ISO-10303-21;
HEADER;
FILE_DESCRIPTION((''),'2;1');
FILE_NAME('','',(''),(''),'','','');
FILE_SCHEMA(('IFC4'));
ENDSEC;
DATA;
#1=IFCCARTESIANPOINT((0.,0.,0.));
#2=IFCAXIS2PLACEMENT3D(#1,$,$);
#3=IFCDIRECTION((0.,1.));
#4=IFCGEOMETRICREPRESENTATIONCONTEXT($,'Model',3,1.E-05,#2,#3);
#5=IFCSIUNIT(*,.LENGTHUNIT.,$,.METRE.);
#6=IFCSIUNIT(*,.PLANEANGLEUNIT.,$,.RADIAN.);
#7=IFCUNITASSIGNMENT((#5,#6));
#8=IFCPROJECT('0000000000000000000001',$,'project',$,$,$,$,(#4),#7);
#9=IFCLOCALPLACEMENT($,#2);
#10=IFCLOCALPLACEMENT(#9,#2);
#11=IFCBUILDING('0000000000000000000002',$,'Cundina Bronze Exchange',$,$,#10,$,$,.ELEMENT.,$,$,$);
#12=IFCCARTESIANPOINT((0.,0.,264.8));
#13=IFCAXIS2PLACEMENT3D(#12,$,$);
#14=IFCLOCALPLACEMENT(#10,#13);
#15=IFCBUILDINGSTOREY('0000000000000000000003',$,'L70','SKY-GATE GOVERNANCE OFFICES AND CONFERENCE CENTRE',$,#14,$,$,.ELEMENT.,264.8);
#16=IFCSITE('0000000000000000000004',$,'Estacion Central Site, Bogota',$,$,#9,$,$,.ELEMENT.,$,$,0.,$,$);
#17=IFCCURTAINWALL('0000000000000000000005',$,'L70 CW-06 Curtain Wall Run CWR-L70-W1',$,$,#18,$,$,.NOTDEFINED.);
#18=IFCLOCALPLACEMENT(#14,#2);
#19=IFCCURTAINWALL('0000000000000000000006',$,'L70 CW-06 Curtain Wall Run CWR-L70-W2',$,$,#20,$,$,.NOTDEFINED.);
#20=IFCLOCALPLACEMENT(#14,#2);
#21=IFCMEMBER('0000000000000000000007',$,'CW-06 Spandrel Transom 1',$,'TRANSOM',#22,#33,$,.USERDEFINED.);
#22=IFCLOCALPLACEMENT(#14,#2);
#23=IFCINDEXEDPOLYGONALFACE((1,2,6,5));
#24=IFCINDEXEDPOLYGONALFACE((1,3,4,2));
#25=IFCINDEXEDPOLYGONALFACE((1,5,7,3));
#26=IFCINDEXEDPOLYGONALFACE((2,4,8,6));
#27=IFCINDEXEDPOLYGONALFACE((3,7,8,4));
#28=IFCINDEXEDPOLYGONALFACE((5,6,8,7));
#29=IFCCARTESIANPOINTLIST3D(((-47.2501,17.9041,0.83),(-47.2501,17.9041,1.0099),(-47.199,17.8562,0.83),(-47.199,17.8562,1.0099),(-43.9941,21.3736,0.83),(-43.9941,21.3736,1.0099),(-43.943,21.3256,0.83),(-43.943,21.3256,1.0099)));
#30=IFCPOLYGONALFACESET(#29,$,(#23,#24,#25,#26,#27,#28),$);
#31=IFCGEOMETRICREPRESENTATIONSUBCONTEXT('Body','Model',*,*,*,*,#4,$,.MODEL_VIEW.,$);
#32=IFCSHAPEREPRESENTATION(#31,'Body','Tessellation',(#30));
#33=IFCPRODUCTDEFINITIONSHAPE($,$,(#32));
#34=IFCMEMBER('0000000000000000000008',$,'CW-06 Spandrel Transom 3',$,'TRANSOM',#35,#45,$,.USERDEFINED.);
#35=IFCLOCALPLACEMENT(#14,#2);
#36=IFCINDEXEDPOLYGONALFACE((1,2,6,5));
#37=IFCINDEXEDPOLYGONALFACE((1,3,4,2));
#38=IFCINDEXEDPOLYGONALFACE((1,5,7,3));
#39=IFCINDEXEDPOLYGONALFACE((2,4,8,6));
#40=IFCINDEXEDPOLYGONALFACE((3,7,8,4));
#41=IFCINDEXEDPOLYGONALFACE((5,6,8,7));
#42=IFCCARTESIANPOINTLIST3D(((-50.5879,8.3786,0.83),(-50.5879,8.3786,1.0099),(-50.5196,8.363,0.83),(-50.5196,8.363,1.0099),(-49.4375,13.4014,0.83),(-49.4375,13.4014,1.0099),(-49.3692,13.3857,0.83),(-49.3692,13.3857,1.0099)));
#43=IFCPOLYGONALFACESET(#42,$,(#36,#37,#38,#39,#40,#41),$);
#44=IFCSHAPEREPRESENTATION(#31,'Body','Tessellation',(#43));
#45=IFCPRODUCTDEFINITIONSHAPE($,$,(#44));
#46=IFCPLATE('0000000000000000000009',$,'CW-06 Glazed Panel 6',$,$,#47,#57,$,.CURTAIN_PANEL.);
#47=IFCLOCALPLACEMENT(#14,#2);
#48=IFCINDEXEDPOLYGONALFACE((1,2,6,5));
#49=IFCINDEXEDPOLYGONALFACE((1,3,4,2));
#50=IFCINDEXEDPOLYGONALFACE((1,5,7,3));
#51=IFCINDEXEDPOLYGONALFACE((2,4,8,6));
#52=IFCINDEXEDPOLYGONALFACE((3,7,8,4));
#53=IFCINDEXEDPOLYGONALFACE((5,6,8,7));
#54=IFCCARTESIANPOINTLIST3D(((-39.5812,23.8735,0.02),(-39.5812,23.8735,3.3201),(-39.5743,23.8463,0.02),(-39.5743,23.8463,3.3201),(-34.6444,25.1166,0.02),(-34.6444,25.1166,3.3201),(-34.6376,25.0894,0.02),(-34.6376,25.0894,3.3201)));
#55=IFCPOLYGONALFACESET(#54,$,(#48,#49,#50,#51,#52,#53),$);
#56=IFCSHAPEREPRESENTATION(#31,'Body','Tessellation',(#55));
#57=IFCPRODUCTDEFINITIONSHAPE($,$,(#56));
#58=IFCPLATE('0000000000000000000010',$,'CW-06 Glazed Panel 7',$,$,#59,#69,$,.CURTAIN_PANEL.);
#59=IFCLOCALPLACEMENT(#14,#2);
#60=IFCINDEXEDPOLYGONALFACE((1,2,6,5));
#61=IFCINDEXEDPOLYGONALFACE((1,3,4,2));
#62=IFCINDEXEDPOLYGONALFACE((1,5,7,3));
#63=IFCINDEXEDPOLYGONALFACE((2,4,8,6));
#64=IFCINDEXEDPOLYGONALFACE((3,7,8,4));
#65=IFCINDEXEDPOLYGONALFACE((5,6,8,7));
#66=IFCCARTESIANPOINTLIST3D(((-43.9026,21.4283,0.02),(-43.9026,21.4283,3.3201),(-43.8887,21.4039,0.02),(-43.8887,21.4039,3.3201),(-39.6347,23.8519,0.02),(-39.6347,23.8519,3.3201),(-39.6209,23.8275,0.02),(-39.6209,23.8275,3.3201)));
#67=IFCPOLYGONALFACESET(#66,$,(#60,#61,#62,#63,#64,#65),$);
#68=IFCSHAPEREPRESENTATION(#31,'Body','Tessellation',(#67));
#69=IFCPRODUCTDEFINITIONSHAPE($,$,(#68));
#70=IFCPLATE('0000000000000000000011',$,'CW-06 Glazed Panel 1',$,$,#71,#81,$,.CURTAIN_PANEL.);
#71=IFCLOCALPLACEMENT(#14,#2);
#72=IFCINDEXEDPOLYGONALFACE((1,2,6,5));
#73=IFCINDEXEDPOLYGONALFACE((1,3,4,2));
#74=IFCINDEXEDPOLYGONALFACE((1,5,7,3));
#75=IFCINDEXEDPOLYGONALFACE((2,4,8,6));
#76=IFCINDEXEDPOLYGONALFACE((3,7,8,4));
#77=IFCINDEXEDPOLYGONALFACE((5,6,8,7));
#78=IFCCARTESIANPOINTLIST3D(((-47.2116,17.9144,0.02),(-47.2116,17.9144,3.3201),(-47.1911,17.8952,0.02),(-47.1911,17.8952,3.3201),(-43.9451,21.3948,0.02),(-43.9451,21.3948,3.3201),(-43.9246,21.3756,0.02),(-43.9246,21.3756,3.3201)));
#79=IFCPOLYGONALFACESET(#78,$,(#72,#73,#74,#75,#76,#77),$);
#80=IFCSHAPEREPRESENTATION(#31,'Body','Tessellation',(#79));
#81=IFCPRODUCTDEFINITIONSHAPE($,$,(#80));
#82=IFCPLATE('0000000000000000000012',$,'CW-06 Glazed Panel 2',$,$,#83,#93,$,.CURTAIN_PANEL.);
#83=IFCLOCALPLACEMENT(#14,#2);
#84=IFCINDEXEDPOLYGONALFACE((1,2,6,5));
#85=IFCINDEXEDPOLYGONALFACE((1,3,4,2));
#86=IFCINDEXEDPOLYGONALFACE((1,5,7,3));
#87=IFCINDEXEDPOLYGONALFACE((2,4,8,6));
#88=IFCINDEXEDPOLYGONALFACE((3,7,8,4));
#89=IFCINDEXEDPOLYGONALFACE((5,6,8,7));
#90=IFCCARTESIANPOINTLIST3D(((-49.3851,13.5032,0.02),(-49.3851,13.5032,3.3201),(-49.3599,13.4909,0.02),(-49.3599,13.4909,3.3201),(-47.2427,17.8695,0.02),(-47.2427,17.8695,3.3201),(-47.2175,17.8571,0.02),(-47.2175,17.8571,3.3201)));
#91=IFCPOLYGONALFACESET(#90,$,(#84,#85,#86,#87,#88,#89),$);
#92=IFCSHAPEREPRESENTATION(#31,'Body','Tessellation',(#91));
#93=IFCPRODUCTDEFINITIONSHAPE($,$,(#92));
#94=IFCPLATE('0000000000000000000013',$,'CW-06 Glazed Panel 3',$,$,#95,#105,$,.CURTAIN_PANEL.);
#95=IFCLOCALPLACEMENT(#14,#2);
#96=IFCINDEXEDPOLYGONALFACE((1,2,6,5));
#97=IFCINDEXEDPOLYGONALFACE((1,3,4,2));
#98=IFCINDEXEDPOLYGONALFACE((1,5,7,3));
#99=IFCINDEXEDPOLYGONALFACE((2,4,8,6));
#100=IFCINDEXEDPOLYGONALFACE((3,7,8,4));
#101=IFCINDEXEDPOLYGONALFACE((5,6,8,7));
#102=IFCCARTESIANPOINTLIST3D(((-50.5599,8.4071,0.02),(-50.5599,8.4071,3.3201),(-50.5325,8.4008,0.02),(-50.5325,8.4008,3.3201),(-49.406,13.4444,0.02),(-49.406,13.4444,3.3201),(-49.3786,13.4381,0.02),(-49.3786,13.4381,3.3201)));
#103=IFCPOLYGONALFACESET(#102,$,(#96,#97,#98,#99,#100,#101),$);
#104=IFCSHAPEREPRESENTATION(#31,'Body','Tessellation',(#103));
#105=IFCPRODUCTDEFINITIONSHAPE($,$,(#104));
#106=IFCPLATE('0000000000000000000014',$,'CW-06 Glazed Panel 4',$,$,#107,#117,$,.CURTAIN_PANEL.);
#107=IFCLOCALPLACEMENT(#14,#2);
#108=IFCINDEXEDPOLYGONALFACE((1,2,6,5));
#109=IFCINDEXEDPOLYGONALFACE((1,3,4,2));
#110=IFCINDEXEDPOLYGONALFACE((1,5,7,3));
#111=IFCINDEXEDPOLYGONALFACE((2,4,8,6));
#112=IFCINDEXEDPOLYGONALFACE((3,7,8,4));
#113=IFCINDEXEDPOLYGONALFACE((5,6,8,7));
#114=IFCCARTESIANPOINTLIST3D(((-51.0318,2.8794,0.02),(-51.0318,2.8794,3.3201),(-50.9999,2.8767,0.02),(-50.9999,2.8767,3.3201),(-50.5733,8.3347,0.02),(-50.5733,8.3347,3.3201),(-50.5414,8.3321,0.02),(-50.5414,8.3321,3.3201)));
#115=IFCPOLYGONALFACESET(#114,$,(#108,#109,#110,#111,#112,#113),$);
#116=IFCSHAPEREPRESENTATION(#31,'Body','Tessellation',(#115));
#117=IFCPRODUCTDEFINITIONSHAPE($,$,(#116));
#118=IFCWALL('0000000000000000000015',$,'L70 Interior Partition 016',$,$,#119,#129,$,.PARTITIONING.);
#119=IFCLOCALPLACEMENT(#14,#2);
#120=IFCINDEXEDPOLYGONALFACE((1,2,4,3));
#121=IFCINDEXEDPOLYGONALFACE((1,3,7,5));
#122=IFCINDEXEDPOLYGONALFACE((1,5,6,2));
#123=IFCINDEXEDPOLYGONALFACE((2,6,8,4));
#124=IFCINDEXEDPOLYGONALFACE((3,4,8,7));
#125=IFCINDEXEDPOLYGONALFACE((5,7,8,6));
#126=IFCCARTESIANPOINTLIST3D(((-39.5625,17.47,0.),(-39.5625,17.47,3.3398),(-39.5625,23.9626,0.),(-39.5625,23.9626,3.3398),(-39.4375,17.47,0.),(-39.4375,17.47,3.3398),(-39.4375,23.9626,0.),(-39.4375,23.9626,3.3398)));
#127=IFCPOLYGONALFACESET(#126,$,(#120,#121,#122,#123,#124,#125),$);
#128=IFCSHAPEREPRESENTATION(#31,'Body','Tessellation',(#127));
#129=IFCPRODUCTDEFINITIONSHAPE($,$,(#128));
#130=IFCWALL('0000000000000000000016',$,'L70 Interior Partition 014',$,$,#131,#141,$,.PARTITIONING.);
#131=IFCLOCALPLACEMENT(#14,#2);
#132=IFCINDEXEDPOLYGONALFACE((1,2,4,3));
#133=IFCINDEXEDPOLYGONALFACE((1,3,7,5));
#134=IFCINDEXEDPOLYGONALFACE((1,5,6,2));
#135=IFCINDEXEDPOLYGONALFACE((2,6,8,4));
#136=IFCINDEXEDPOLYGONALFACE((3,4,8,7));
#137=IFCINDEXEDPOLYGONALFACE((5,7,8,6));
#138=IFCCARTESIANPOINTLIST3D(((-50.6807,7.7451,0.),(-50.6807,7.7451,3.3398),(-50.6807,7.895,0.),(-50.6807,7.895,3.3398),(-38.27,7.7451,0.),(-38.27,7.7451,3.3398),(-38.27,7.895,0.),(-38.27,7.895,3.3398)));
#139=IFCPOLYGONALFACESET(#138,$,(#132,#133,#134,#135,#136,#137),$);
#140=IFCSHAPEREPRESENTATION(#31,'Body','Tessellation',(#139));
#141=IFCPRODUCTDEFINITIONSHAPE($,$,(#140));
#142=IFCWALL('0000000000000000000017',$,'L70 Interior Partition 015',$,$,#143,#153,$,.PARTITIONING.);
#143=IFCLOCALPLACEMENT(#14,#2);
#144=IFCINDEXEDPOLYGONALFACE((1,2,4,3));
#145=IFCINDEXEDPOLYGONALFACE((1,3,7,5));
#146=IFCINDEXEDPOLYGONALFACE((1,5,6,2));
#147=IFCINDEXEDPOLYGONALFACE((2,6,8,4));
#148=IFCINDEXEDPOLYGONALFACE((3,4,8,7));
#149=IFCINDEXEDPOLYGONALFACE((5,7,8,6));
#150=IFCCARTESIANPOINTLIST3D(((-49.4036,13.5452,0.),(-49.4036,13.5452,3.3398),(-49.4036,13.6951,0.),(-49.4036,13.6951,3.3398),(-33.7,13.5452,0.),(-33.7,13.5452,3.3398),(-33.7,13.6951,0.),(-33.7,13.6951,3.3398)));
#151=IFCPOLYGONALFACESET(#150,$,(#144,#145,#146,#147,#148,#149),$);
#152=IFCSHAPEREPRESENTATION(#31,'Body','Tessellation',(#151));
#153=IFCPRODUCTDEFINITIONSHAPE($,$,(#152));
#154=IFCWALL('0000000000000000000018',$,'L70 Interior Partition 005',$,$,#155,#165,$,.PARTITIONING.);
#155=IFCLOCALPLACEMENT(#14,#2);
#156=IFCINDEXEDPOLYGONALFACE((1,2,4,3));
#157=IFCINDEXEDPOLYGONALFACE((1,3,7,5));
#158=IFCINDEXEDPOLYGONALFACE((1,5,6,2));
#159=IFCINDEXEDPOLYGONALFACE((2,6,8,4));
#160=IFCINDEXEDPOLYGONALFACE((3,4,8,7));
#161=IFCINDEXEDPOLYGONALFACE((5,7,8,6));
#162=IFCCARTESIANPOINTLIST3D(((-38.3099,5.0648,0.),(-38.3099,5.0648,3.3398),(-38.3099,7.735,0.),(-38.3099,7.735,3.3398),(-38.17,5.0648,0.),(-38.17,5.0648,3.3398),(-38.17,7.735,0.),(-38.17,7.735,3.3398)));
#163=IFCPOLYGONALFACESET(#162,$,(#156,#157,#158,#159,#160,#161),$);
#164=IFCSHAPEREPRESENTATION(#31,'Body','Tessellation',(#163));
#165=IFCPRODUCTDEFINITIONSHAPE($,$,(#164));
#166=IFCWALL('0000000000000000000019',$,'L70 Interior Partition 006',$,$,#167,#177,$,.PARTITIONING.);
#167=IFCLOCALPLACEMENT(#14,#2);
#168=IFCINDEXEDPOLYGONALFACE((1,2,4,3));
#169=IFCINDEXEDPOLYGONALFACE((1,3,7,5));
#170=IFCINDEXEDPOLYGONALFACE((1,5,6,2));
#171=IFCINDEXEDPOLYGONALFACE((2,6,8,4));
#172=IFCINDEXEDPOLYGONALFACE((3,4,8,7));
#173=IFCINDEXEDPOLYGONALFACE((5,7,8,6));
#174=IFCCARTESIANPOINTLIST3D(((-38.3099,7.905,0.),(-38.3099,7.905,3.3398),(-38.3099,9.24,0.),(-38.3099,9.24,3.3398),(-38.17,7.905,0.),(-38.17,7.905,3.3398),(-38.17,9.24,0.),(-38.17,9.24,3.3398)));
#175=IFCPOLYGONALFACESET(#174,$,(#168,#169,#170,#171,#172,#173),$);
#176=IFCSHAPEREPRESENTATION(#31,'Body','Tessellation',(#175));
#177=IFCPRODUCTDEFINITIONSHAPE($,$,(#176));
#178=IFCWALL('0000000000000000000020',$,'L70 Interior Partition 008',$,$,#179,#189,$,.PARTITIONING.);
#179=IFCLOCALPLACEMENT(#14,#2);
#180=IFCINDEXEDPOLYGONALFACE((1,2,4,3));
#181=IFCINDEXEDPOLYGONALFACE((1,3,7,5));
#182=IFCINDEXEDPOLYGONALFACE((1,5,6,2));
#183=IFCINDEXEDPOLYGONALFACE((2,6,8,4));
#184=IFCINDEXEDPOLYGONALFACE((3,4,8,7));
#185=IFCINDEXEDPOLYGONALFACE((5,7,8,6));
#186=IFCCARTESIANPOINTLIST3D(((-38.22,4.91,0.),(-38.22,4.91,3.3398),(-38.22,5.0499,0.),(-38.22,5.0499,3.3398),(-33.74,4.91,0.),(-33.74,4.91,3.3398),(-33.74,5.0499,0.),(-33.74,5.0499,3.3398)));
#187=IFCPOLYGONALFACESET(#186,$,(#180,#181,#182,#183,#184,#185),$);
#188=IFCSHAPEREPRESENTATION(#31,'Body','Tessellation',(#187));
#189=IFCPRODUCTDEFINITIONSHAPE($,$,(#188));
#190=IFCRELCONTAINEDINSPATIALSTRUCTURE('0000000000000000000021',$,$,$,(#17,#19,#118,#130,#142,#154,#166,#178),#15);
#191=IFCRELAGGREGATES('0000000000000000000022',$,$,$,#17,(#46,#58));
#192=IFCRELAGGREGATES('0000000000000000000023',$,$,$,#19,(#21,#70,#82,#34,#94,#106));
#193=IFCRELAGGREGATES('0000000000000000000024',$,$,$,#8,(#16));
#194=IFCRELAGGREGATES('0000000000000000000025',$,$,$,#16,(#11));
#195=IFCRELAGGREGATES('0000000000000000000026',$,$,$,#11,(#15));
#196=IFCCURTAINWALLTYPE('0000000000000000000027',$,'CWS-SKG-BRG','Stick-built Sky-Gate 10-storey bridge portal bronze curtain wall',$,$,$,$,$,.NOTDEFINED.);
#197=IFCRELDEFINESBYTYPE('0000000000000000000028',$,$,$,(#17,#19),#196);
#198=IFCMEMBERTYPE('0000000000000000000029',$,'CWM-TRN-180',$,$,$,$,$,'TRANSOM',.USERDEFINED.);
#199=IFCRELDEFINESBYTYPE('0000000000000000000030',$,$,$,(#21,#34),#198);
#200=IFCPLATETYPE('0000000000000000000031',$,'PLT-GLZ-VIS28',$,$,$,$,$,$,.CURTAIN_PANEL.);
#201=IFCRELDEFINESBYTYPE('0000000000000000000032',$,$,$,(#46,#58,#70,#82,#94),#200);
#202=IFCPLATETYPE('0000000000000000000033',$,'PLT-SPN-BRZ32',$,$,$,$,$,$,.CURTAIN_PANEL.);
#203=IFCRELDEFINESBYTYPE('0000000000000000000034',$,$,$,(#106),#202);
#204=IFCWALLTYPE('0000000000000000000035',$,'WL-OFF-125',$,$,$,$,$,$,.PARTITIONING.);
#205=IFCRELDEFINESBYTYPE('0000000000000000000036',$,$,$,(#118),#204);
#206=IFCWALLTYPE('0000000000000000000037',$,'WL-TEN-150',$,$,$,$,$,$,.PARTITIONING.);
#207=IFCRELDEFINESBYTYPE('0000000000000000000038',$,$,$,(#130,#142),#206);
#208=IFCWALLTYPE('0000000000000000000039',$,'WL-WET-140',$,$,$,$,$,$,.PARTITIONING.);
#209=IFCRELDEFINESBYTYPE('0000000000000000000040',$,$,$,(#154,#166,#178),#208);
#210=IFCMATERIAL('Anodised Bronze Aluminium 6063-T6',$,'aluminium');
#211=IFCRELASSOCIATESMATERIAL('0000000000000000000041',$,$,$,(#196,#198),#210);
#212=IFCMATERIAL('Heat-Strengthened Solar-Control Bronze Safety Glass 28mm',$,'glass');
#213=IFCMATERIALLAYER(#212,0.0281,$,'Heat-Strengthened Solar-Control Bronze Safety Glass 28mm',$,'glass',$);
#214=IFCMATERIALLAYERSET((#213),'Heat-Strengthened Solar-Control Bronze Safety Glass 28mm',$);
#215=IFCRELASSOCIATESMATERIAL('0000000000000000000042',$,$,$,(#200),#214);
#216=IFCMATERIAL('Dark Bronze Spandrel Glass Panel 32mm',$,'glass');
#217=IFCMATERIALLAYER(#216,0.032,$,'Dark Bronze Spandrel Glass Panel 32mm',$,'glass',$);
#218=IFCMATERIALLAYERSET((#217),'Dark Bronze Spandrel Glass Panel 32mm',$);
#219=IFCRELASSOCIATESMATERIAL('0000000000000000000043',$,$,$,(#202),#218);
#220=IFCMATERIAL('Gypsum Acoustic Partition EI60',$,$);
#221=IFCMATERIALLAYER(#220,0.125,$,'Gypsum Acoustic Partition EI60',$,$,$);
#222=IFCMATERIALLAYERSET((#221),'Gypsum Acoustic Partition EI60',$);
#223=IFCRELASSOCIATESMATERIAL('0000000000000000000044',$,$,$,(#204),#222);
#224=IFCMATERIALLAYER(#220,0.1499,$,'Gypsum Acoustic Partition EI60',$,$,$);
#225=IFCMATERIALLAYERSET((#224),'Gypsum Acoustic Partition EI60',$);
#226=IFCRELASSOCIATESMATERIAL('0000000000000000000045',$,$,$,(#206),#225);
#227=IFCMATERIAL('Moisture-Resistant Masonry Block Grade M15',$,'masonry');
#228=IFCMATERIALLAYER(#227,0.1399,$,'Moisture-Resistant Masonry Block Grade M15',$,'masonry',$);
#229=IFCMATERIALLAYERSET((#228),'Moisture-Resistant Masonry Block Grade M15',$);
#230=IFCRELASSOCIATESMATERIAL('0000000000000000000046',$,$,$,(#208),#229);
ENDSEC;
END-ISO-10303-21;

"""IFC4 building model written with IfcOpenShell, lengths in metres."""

from ifc_helpers import new_model, si_unit, direction, frame, frame_2d, origin, origin_2d, place, context, subcontext, project, spatial, rectangle, extrude, material, layer, layer_set, material_profile, profile_set, type_object, element, aggregate, save


model = new_model("IFC4")

# Units and contexts
model_context = context("Model", 3, precision=1e-05, world=origin(), true_north=direction((0.0, 1.0)))
body_context = subcontext(model_context, "Body", "Model", "MODEL_VIEW")
ifc_project = project(units=[si_unit("LENGTHUNIT", "METRE"), si_unit("PLANEANGLEUNIT", "RADIAN")], contexts=[model_context])

# Site, building, storey
site_placement = place(None, origin())
site = spatial("IfcSite", under=ifc_project, at=site_placement, Name="Estacion Central Site, Bogota", CompositionType="ELEMENT", RefElevation=0.0)
building_placement = place(site_placement, origin())
building = spatial("IfcBuilding", under=site, at=building_placement, Name="Cundina Bronze Exchange", CompositionType="ELEMENT")
storey_placement = place(building_placement, frame((0.0, 0.0, 264.8)))
storey = spatial("IfcBuildingStorey", under=building, at=storey_placement, Name="L70", Description="SKY-GATE GOVERNANCE OFFICES AND CONFERENCE CENTRE", CompositionType="ELEMENT", Elevation=264.8)

# Curtain walls
ifc_material_1 = material(Name="Anodised Bronze Aluminium 6063-T6", Category="aluminium")
curtain_wall_type = type_object("IfcCurtainWallType", Name="CWS-SKG-BRG", Description="Stick-built Sky-Gate 10-storey bridge portal bronze curtain wall", PredefinedType="NOTDEFINED", material=ifc_material_1)
curtain_wall_1_placement = place(storey_placement, origin())
curtain_wall_1 = element("IfcCurtainWall", 1, at=curtain_wall_1_placement, inside=storey, type_object=curtain_wall_type, Name="L70 CW-06 Curtain Wall Run CWR-L70-W1", PredefinedType="NOTDEFINED")
curtain_wall_2_placement = place(storey_placement, origin())
curtain_wall_2 = element("IfcCurtainWall", 2, at=curtain_wall_2_placement, inside=storey, type_object=curtain_wall_type, Name="L70 CW-06 Curtain Wall Run CWR-L70-W2", PredefinedType="NOTDEFINED")

# Members
ifc_material_profile_1 = material_profile(ifc_material_1, rectangle(XDim=0.0701, YDim=0.1799, at=origin_2d()), Name="AL70X180", Category="aluminium")
ifc_profile_set_1 = profile_set([ifc_material_profile_1], Name="Anodised Bronze Aluminium 6063-T6")
member_type_1 = type_object("IfcMemberType", Name="CWM-TRN-180", ElementType="TRANSOM", PredefinedType="USERDEFINED", material=ifc_profile_set_1)
member_1_placement = place(storey_placement, frame((-43.9685, 21.3496, 0.9199), z_axis=(-0.684328, -0.729174, 0.0), x_axis=(0.729174, -0.684328, 0.0)))
member_1 = element("IfcMember", 3, at=member_1_placement, type_object=member_type_1, Name="CW-06 Spandrel Transom 1", ObjectType="TRANSOM", PredefinedType="USERDEFINED", context=body_context, shape_type="SweptSolid", body=[
    extrude(rectangle(XDim=0.0701, YDim=0.1799, at=origin_2d()), origin(), (0.0, 0.0, 1.0), 4.7581),
])
member_2_placement = place(storey_placement, frame((-49.4033, 13.3936, 0.9199), z_axis=(-0.223257, -0.97476, 0.0), x_axis=(0.97476, -0.223257, 0.0)))
member_2 = element("IfcMember", 4, at=member_2_placement, type_object=member_type_1, Name="CW-06 Spandrel Transom 3", ObjectType="TRANSOM", PredefinedType="USERDEFINED", context=body_context, shape_type="SweptSolid", body=[
    extrude(rectangle(XDim=0.0701, YDim=0.1799, at=origin_2d()), origin(), (0.0, 0.0, 1.0), 5.1528),
])

# Plates
ifc_material_2 = material(Name="Heat-Strengthened Solar-Control Bronze Safety Glass 28mm", Category="glass")
ifc_layer_1 = layer(ifc_material_2, 0.0281, Name="Heat-Strengthened Solar-Control Bronze Safety Glass 28mm", Category="glass")
ifc_layer_set_1 = layer_set([ifc_layer_1], Name="Heat-Strengthened Solar-Control Bronze Safety Glass 28mm")
plate_type_1 = type_object("IfcPlateType", Name="PLT-GLZ-VIS28", PredefinedType="CURTAIN_PANEL", material=ifc_layer_set_1)
plate_1_placement = place(storey_placement, frame((-37.1094, 24.4814, 0.02), z_axis=(0.0, 0.0, 1.0), x_axis=(-0.969732, -0.244174, 0.0)))
plate_1 = element("IfcPlate", 5, at=plate_1_placement, type_object=plate_type_1, Name="CW-06 Glazed Panel 6", PredefinedType="CURTAIN_PANEL", context=body_context, shape_type="SweptSolid", body=[
    extrude(rectangle(XDim=5.0908, YDim=0.0281, at=origin_2d()), origin(), (0.0, 0.0, 1.0), 3.3),
])
plate_2_placement = place(storey_placement, frame((-41.7617, 22.6279, 0.02), z_axis=(0.0, 0.0, 1.0), x_axis=(-0.869573, -0.493805, 0.0)))
plate_2 = element("IfcPlate", 6, at=plate_2_placement, type_object=plate_type_1, Name="CW-06 Glazed Panel 7", PredefinedType="CURTAIN_PANEL", context=body_context, shape_type="SweptSolid", body=[
    extrude(rectangle(XDim=4.908, YDim=0.0281, at=origin_2d()), origin(), (0.0, 0.0, 1.0), 3.3),
])
aggregate(curtain_wall_1, [plate_1, plate_2])
plate_3_placement = place(storey_placement, frame((-45.5681, 19.645, 0.02), z_axis=(0.0, 0.0, 1.0), x_axis=(-0.684344, -0.72916, 0.0)))
plate_3 = element("IfcPlate", 7, at=plate_3_placement, type_object=plate_type_1, Name="CW-06 Glazed Panel 1", PredefinedType="CURTAIN_PANEL", context=body_context, shape_type="SweptSolid", body=[
    extrude(rectangle(XDim=4.7732, YDim=0.0281, at=origin_2d()), origin(), (0.0, 0.0, 1.0), 3.3),
])
plate_4_placement = place(storey_placement, frame((-48.3013, 15.6802, 0.02), z_axis=(0.0, 0.0, 1.0), x_axis=(-0.440503, -0.897751, 0.0)))
plate_4 = element("IfcPlate", 8, at=plate_4_placement, type_object=plate_type_1, Name="CW-06 Glazed Panel 2", PredefinedType="CURTAIN_PANEL", context=body_context, shape_type="SweptSolid", body=[
    extrude(rectangle(XDim=4.8635, YDim=0.0281, at=origin_2d()), origin(), (0.0, 0.0, 1.0), 3.3),
])
plate_5_placement = place(storey_placement, frame((-49.9692, 10.9226, 0.02), z_axis=(0.0, 0.0, 1.0), x_axis=(-0.223284, -0.974753, 0.0)))
plate_5 = element("IfcPlate", 9, at=plate_5_placement, type_object=plate_type_1, Name="CW-06 Glazed Panel 3", PredefinedType="CURTAIN_PANEL", context=body_context, shape_type="SweptSolid", body=[
    extrude(rectangle(XDim=5.1677, YDim=0.0281, at=origin_2d()), origin(), (0.0, 0.0, 1.0), 3.3),
])
ifc_material_3 = material(Name="Dark Bronze Spandrel Glass Panel 32mm", Category="glass")
ifc_layer_2 = layer(ifc_material_3, 0.032, Name="Dark Bronze Spandrel Glass Panel 32mm", Category="glass")
ifc_layer_set_2 = layer_set([ifc_layer_2], Name="Dark Bronze Spandrel Glass Panel 32mm")
plate_type_2 = type_object("IfcPlateType", Name="PLT-SPN-BRZ32", PredefinedType="CURTAIN_PANEL", material=ifc_layer_set_2)
plate_6_placement = place(storey_placement, frame((-50.7866, 5.6057, 0.02), z_axis=(0.0, 0.0, 1.0), x_axis=(-0.083747, -0.996487, 0.0)))
plate_6 = element("IfcPlate", 10, at=plate_6_placement, type_object=plate_type_2, Name="CW-06 Glazed Panel 4", PredefinedType="CURTAIN_PANEL", context=body_context, shape_type="SweptSolid", body=[
    extrude(rectangle(XDim=5.4746, YDim=0.032, at=origin_2d()), origin(), (0.0, 0.0, 1.0), 3.3),
])
aggregate(curtain_wall_2, [member_1, plate_3, plate_4, member_2, plate_5, plate_6])

# Walls
ifc_material_4 = material(Name="Gypsum Acoustic Partition EI60")
ifc_layer_3 = layer(ifc_material_4, 0.125, Name="Gypsum Acoustic Partition EI60")
ifc_layer_set_3 = layer_set([ifc_layer_3], Name="Gypsum Acoustic Partition EI60")
wall_type_1 = type_object("IfcWallType", Name="WL-OFF-125", PredefinedType="PARTITIONING", material=ifc_layer_set_3)
wall_1_placement = place(storey_placement, frame((-39.5, 17.47, 0.0), z_axis=(0.0, 0.0, 1.0), x_axis=(0.0, 1.0, 0.0)))
element("IfcWall", 11, at=wall_1_placement, inside=storey, type_object=wall_type_1, Name="L70 Interior Partition 016", PredefinedType="PARTITIONING", context=body_context, shape_type="SweptSolid", body=[
    extrude(rectangle(XDim=6.4927, YDim=0.125, at=frame_2d((3.2463, 0.0))), origin(), (0.0, 0.0, 1.0), 3.3398),
])
ifc_layer_4 = layer(ifc_material_4, 0.1499, Name="Gypsum Acoustic Partition EI60")
ifc_layer_set_4 = layer_set([ifc_layer_4], Name="Gypsum Acoustic Partition EI60")
wall_type_2 = type_object("IfcWallType", Name="WL-TEN-150", PredefinedType="PARTITIONING", material=ifc_layer_set_4)
wall_2_placement = place(storey_placement, frame((-50.6807, 7.8201, 0.0), z_axis=(0.0, 0.0, 1.0), x_axis=(1.0, 0.0, 0.0)))
element("IfcWall", 12, at=wall_2_placement, inside=storey, type_object=wall_type_2, Name="L70 Interior Partition 014", PredefinedType="PARTITIONING", context=body_context, shape_type="SweptSolid", body=[
    extrude(rectangle(XDim=12.4106, YDim=0.1499, at=frame_2d((6.2053, 0.0))), origin(), (0.0, 0.0, 1.0), 3.3398),
])
wall_3_placement = place(storey_placement, frame((-49.4036, 13.6201, 0.0), z_axis=(0.0, 0.0, 1.0), x_axis=(1.0, 0.0, 0.0)))
element("IfcWall", 13, at=wall_3_placement, inside=storey, type_object=wall_type_2, Name="L70 Interior Partition 015", PredefinedType="PARTITIONING", context=body_context, shape_type="SweptSolid", body=[
    extrude(rectangle(XDim=15.7036, YDim=0.1499, at=frame_2d((7.8518, 0.0))), origin(), (0.0, 0.0, 1.0), 3.3398),
])
ifc_material_5 = material(Name="Moisture-Resistant Masonry Block Grade M15", Category="masonry")
ifc_layer_5 = layer(ifc_material_5, 0.1399, Name="Moisture-Resistant Masonry Block Grade M15", Category="masonry")
ifc_layer_set_5 = layer_set([ifc_layer_5], Name="Moisture-Resistant Masonry Block Grade M15")
wall_type_3 = type_object("IfcWallType", Name="WL-WET-140", PredefinedType="PARTITIONING", material=ifc_layer_set_5)
wall_4_placement = place(storey_placement, frame((-38.24, 5.0649, 0.0), z_axis=(0.0, 0.0, 1.0), x_axis=(0.0, 1.0, 0.0)))
element("IfcWall", 14, at=wall_4_placement, inside=storey, type_object=wall_type_3, Name="L70 Interior Partition 005", PredefinedType="PARTITIONING", context=body_context, shape_type="SweptSolid", body=[
    extrude(rectangle(XDim=2.6702, YDim=0.1399, at=frame_2d((1.335, 0.0))), origin(), (0.0, 0.0, 1.0), 3.3398),
])
wall_5_placement = place(storey_placement, frame((-38.24, 7.905, 0.0), z_axis=(0.0, 0.0, 1.0), x_axis=(0.0, 1.0, 0.0)))
element("IfcWall", 15, at=wall_5_placement, inside=storey, type_object=wall_type_3, Name="L70 Interior Partition 006", PredefinedType="PARTITIONING", context=body_context, shape_type="SweptSolid", body=[
    extrude(rectangle(XDim=1.335, YDim=0.1399, at=frame_2d((0.6675, 0.0))), origin(), (0.0, 0.0, 1.0), 3.3398),
])
for number, where, z_axis, x_axis, name in (
    (16, (-38.22, 4.98, 0.0), (0.0, 0.0, 1.0), (1.0, 0.0, 0.0), "L70 Interior Partition 008"),
):
    element("IfcWall", number, at=place(storey_placement, frame(where, z_axis=z_axis, x_axis=x_axis)), inside=storey, type_object=wall_type_3, Name=name, PredefinedType="PARTITIONING", context=body_context, shape_type="SweptSolid", body=[
        extrude(rectangle(XDim=4.48, YDim=0.1399, at=frame_2d((2.24, 0.0))), origin(), (0.0, 0.0, 1.0), 3.3398),
    ])

save(model, "model.ifc")
